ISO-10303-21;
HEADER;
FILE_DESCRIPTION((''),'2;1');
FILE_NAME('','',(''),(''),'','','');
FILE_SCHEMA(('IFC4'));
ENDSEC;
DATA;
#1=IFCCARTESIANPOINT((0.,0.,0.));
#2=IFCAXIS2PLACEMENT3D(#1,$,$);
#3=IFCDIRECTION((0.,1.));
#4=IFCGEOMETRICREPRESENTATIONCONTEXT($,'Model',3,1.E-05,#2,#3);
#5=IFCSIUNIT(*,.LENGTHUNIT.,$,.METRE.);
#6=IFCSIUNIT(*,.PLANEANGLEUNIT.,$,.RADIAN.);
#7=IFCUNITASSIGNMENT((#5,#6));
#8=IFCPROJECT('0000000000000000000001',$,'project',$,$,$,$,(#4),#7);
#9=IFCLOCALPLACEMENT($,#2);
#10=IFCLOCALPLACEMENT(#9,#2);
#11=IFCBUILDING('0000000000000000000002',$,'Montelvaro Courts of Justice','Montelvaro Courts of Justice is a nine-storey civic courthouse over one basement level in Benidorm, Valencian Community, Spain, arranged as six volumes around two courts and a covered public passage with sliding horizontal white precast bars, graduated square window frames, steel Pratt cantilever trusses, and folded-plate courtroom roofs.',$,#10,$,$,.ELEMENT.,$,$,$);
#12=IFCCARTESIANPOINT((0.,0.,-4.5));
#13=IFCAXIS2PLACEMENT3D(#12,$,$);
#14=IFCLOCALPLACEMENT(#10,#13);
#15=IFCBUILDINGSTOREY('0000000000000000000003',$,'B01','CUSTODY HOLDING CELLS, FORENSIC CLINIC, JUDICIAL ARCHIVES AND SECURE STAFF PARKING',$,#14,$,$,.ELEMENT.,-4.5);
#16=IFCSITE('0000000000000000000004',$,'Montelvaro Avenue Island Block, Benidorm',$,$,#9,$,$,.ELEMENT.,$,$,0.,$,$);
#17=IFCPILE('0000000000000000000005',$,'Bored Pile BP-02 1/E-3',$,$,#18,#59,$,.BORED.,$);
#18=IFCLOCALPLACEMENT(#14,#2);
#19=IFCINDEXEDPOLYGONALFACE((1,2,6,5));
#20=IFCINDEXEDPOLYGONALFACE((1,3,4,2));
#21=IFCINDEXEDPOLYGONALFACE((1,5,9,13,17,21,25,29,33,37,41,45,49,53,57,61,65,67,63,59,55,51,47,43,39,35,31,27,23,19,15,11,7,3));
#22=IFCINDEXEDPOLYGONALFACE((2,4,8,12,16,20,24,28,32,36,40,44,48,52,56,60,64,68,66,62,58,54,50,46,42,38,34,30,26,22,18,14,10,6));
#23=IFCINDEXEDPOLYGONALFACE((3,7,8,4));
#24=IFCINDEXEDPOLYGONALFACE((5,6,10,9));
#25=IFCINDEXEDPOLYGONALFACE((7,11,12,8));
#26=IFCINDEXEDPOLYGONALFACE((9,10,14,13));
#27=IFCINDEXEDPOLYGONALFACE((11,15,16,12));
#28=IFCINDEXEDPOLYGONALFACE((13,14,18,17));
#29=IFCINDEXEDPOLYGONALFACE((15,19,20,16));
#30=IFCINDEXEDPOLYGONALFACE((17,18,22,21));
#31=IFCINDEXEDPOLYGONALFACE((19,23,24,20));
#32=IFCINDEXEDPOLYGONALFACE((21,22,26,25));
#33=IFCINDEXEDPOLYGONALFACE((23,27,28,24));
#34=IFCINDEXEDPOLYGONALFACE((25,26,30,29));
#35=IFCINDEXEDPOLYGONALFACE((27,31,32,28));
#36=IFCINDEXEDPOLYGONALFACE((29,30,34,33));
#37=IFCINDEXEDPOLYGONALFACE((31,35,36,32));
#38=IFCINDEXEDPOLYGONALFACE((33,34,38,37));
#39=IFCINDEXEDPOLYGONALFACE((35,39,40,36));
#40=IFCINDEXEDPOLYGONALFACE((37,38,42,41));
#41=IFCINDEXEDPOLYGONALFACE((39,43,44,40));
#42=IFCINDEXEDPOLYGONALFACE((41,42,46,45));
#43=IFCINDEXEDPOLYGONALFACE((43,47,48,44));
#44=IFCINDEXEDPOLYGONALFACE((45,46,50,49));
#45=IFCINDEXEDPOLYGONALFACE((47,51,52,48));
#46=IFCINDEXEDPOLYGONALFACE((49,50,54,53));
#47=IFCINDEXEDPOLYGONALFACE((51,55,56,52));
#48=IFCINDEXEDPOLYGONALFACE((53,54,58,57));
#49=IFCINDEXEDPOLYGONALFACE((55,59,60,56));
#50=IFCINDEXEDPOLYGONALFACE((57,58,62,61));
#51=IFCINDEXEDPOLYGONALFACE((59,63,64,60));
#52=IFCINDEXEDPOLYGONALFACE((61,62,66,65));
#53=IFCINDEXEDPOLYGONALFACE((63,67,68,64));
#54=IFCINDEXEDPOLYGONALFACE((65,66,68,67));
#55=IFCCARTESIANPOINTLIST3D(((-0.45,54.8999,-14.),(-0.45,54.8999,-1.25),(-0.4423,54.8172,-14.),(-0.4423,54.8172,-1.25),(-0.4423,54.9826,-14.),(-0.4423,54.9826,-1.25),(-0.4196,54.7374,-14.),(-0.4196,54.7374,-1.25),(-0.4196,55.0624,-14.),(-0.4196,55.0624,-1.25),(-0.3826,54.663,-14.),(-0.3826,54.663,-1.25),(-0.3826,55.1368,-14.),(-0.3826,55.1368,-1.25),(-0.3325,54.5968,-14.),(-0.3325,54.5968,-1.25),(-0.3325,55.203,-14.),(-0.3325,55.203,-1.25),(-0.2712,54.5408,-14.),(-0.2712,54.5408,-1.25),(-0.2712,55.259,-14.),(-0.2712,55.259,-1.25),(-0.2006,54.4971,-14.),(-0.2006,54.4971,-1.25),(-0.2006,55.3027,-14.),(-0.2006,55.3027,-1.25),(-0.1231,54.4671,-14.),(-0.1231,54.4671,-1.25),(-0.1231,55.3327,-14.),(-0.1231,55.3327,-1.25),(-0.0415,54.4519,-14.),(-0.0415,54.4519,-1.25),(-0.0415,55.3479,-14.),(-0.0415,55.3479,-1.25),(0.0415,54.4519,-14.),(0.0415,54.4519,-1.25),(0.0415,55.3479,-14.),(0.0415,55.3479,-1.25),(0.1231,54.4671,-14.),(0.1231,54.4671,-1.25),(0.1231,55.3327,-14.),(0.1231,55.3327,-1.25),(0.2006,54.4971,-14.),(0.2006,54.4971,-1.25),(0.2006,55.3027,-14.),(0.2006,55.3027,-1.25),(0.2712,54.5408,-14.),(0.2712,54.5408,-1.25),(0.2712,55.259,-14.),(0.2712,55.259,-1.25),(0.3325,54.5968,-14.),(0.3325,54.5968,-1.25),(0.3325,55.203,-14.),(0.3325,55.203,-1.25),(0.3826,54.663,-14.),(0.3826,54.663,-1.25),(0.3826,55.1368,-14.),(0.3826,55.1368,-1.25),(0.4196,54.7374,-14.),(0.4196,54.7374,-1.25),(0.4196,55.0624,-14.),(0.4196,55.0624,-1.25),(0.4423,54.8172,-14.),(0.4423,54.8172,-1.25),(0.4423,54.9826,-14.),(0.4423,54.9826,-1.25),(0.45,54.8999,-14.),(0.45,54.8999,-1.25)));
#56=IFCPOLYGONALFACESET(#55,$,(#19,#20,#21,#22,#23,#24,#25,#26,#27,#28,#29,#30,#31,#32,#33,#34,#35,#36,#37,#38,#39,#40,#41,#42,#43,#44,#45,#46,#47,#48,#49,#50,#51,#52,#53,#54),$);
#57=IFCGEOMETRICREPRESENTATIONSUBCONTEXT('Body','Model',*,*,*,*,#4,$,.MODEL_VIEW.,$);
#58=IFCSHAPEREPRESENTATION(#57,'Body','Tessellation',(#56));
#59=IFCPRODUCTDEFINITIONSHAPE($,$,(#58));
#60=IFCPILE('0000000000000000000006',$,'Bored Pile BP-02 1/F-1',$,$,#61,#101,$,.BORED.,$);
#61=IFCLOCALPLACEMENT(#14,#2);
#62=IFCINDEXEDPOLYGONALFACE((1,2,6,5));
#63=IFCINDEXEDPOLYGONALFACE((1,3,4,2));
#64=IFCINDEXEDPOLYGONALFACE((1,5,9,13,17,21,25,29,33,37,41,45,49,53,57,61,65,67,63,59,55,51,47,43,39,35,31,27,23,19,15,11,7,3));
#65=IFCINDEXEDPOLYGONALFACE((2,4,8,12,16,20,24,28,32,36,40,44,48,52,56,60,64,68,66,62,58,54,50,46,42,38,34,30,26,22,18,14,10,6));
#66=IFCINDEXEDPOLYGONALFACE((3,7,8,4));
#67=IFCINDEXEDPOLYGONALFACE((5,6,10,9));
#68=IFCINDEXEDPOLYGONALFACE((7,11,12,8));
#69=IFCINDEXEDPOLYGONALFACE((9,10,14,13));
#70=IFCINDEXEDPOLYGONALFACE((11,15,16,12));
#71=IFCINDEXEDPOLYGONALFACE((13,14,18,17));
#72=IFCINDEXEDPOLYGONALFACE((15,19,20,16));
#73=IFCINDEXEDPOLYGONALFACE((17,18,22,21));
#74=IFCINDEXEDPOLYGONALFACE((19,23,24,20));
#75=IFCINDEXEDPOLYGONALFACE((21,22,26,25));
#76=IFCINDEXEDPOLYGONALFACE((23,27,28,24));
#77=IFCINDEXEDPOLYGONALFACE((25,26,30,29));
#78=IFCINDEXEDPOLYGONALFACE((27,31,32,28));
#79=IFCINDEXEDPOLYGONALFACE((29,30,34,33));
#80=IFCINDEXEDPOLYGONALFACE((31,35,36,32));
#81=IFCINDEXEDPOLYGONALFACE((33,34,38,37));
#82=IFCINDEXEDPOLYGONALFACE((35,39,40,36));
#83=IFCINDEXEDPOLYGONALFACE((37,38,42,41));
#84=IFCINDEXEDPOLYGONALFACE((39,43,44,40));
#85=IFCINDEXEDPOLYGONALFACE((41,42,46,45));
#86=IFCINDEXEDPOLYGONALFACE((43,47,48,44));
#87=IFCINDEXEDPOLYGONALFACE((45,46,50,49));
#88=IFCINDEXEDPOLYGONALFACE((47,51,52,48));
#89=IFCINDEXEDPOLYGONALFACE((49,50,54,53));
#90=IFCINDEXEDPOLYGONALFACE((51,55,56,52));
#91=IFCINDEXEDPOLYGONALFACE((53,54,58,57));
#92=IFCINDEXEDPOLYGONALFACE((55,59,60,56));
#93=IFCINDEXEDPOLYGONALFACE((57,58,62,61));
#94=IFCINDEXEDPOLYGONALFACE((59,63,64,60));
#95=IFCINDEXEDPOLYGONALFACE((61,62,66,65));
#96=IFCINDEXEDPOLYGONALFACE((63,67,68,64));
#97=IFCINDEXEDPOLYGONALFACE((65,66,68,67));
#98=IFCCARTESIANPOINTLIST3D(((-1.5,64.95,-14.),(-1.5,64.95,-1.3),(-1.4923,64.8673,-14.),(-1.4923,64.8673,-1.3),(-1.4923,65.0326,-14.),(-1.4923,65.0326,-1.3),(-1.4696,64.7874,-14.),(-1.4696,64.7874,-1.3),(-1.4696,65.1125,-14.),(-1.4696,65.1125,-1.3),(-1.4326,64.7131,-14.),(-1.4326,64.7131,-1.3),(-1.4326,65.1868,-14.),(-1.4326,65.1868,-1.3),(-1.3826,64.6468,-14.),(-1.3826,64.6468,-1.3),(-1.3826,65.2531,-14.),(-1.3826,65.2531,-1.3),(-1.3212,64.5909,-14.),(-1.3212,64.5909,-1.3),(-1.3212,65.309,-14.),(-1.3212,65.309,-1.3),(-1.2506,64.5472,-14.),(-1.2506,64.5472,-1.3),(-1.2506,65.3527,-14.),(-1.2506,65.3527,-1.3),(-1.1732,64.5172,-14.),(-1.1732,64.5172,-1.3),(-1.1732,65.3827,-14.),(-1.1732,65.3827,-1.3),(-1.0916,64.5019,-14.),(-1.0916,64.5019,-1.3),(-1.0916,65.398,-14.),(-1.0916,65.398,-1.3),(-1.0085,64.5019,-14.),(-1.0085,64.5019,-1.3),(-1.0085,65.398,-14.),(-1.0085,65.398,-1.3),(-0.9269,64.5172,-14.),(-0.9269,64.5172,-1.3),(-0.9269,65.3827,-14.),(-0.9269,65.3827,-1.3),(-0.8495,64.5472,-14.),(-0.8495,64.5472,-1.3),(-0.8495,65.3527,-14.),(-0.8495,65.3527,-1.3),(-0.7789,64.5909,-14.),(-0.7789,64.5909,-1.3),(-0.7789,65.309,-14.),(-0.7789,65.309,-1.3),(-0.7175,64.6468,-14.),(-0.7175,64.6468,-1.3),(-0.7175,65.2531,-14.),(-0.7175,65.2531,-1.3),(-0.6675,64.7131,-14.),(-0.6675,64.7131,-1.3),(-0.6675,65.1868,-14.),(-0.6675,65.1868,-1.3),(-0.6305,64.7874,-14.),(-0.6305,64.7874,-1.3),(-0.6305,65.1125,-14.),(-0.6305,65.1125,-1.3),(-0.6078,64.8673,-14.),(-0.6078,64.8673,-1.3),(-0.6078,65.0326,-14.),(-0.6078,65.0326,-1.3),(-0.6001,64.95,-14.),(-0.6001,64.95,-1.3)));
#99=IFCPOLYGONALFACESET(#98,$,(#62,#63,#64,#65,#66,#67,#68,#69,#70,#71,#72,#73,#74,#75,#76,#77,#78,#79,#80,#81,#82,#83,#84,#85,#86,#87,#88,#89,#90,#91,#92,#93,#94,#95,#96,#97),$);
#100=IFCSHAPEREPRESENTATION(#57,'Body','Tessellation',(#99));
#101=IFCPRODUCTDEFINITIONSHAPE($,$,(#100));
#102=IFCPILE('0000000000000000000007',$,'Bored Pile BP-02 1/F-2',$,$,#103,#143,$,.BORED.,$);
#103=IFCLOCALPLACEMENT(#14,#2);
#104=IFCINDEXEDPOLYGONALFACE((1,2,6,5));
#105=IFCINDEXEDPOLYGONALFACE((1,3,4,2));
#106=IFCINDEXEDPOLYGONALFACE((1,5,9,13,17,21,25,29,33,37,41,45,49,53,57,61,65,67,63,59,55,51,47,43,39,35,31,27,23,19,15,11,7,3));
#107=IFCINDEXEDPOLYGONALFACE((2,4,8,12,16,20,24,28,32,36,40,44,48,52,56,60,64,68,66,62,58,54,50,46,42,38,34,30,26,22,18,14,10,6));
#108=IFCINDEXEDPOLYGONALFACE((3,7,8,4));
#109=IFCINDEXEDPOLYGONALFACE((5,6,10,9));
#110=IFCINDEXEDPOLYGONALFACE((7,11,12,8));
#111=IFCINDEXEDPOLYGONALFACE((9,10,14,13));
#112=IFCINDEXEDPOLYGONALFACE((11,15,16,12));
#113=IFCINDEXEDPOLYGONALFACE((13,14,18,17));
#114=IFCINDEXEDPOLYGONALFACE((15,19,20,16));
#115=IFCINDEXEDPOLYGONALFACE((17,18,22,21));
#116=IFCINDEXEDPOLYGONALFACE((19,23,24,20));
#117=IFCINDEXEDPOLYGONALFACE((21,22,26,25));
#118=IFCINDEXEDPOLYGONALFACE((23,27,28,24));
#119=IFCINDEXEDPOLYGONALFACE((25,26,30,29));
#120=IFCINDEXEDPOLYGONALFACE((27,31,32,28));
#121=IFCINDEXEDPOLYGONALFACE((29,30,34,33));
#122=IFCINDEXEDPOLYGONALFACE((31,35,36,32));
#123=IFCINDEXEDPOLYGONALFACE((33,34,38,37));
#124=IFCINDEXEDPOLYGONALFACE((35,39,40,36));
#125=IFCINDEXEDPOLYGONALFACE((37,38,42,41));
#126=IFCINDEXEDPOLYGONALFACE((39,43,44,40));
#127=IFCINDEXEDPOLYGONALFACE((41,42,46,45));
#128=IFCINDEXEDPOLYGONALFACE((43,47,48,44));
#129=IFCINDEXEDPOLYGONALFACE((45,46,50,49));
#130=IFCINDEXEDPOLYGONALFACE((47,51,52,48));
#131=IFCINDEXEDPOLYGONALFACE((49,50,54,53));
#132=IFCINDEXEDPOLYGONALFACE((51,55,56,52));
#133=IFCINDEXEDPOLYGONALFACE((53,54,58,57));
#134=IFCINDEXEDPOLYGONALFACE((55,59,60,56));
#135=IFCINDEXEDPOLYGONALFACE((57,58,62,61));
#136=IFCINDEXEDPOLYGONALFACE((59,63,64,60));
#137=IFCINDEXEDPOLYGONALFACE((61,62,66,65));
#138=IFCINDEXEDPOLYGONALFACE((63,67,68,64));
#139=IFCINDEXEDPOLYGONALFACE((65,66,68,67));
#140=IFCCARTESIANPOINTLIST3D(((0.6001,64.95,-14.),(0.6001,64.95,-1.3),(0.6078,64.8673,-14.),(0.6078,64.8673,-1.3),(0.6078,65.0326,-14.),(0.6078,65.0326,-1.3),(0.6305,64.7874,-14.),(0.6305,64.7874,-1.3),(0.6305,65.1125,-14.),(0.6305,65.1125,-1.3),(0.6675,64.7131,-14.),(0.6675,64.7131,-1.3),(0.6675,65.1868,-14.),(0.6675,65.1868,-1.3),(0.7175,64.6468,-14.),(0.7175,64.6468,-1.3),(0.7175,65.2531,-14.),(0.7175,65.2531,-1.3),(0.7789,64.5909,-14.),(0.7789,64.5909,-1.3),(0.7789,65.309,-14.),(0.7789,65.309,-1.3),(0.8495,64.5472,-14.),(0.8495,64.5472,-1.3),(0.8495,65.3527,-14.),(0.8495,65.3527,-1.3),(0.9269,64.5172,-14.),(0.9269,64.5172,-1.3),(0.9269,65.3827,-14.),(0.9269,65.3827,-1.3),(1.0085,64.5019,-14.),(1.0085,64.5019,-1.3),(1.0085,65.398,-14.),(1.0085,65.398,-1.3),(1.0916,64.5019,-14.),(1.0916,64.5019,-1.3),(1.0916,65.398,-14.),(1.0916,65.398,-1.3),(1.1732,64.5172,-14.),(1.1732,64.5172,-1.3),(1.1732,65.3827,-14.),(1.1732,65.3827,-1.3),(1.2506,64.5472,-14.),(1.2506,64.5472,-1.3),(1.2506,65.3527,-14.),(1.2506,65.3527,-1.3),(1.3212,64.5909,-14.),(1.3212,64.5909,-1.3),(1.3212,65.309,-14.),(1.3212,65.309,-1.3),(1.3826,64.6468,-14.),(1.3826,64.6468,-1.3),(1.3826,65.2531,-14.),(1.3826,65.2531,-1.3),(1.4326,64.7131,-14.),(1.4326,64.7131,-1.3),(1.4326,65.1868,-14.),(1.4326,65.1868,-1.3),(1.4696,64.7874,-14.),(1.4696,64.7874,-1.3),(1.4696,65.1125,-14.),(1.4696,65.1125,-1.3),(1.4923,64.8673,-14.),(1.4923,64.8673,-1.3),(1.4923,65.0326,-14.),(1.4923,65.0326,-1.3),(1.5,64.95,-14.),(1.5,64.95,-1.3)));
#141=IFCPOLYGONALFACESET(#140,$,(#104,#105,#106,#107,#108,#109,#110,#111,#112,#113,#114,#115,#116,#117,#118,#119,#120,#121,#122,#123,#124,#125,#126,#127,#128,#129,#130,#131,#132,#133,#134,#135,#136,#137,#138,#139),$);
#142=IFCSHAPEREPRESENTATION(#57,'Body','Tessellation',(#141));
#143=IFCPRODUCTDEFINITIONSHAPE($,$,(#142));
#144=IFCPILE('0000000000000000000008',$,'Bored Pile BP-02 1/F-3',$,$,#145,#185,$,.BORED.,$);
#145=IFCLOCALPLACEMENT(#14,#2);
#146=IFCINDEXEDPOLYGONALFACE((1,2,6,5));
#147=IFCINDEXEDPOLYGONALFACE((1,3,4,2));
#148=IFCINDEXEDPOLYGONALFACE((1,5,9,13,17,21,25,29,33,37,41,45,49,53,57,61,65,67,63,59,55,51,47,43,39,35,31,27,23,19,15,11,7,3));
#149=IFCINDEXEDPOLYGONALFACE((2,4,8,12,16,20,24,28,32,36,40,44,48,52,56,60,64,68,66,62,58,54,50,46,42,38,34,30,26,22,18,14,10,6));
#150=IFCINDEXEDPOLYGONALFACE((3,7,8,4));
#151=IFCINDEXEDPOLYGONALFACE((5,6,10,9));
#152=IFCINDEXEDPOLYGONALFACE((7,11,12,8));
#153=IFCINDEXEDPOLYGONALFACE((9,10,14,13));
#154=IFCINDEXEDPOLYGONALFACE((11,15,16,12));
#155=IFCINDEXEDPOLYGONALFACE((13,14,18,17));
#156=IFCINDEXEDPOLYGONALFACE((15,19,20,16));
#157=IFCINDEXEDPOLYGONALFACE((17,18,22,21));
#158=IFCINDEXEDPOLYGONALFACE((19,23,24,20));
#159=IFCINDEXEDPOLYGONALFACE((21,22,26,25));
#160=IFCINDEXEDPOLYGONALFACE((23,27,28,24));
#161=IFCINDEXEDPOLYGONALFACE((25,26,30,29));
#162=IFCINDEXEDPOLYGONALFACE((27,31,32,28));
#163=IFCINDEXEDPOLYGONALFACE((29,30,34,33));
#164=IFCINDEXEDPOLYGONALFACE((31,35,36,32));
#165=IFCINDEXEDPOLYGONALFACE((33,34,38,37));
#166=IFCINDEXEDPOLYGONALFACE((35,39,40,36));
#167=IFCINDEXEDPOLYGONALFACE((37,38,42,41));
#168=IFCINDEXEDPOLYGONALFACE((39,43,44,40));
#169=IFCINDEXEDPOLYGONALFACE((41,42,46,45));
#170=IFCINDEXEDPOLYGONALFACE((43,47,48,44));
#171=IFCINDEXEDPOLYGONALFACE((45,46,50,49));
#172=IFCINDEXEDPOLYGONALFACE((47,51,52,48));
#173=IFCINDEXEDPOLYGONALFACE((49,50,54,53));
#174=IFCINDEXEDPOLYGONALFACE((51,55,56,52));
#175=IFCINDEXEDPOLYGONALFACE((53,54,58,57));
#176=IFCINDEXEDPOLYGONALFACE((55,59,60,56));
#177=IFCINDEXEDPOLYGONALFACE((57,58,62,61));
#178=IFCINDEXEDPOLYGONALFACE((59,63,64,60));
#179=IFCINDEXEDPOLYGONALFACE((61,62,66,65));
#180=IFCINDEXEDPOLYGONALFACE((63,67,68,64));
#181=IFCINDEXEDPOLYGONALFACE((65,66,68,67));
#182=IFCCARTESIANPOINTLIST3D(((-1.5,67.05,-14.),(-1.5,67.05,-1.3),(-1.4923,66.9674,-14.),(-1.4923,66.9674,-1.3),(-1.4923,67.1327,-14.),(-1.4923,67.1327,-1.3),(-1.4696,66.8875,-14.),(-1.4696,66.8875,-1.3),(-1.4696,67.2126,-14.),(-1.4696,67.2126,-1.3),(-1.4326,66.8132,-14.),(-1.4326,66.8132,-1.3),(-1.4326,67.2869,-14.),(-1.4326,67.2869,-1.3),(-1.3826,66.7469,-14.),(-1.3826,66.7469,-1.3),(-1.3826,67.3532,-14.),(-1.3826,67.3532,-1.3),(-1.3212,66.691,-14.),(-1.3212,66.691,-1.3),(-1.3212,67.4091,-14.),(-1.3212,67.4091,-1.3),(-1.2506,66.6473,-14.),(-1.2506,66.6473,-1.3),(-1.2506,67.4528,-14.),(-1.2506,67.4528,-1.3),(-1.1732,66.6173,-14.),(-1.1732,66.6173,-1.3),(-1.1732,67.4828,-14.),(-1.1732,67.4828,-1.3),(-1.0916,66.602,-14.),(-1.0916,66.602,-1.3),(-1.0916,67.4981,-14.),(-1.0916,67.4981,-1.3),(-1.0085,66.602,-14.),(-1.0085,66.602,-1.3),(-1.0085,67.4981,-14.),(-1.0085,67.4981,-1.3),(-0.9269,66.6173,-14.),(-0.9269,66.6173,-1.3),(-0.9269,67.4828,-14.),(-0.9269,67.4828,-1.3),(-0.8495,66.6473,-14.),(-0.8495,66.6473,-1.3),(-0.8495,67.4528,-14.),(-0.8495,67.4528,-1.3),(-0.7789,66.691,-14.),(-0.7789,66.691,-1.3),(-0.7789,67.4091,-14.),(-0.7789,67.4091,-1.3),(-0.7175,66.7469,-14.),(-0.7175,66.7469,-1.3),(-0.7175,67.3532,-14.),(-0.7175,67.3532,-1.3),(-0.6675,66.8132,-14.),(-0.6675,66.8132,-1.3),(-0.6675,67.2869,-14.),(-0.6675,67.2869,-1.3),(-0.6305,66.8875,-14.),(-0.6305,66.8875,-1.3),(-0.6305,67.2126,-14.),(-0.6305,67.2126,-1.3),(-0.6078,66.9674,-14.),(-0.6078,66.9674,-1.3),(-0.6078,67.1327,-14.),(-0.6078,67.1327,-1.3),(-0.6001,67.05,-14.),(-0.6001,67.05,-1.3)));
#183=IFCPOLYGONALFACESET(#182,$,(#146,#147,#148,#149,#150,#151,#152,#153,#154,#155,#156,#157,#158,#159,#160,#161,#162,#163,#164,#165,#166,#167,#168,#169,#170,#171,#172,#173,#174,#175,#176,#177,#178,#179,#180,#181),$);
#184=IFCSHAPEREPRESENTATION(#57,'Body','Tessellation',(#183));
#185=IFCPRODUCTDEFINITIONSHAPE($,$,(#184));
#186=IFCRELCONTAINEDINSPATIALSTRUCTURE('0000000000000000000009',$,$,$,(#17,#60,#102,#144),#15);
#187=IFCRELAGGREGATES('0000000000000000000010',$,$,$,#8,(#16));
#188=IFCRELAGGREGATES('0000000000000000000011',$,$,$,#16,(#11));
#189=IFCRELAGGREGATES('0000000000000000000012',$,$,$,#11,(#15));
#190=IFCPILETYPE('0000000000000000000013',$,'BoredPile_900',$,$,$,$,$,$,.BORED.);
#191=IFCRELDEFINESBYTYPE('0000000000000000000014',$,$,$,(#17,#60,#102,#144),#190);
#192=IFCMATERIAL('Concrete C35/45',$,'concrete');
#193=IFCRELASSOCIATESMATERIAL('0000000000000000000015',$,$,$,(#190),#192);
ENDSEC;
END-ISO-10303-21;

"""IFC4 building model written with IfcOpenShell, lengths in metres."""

from ifc_helpers import new_model, si_unit, direction, frame, origin, origin_2d, place, context, subcontext, project, spatial, circle, extrude, material, material_profile, profile_set, type_object, element, save


model = new_model("IFC4")

# Units and contexts
model_context = context("Model", 3, precision=1e-05, world=origin(), true_north=direction((0.0, 1.0)))
body_context = subcontext(model_context, "Body", "Model", "MODEL_VIEW")
ifc_project = project(units=[si_unit("LENGTHUNIT", "METRE"), si_unit("PLANEANGLEUNIT", "RADIAN")], contexts=[model_context])

# Site, building, storey
site_placement = place(None, origin())
site = spatial("IfcSite", under=ifc_project, at=site_placement, Name="Montelvaro Avenue Island Block, Benidorm", CompositionType="ELEMENT", RefElevation=0.0)
building_placement = place(site_placement, origin())
building = spatial("IfcBuilding", under=site, at=building_placement, Name="Montelvaro Courts of Justice", Description="Montelvaro Courts of Justice is a nine-storey civic courthouse over one basement level in Benidorm, Valencian Community, Spain, arranged as six volumes around two courts and a covered public passage with sliding horizontal white precast bars, graduated square window frames, steel Pratt cantilever trusses, and folded-plate courtroom roofs.", CompositionType="ELEMENT")
storey_placement = place(building_placement, frame((0.0, 0.0, -4.5)))
storey = spatial("IfcBuildingStorey", under=building, at=storey_placement, Name="B01", Description="CUSTODY HOLDING CELLS, FORENSIC CLINIC, JUDICIAL ARCHIVES AND SECURE STAFF PARKING", CompositionType="ELEMENT", Elevation=-4.5)

# Piles
ifc_material_1 = material(Name="Concrete C35/45", Category="concrete")
ifc_material_profile_1 = material_profile(ifc_material_1, circle(Radius=0.45, at=origin_2d()), Name="BORED PILE D900")
ifc_profile_set_1 = profile_set([ifc_material_profile_1], Name="Concrete C35/45")
pile_type_1 = type_object("IfcPileType", Name="BoredPile_900", PredefinedType="BORED", material=ifc_profile_set_1)
pile_1_placement = place(storey_placement, frame((0.0, 54.8999, -1.25), z_axis=(0.0, 0.0, -1.0), x_axis=(1.0, 0.0, 0.0)))
element("IfcPile", 1, at=pile_1_placement, inside=storey, type_object=pile_type_1, Name="Bored Pile BP-02 1/E-3", PredefinedType="BORED", context=body_context, shape_type="SweptSolid", body=[
    extrude(circle(Radius=0.45, at=origin_2d()), origin(), (0.0, 0.0, 1.0), 12.75),
])
for number, where, z_axis, x_axis, name in (
    (2, (-1.05, 64.95, -1.3), (0.0, 0.0, -1.0), (1.0, 0.0, 0.0), "Bored Pile BP-02 1/F-1"),
    (3, (1.05, 64.95, -1.3), (0.0, 0.0, -1.0), (1.0, 0.0, 0.0), "Bored Pile BP-02 1/F-2"),
    (4, (-1.05, 67.05, -1.3), (0.0, 0.0, -1.0), (1.0, 0.0, 0.0), "Bored Pile BP-02 1/F-3"),
):
    element("IfcPile", number, at=place(storey_placement, frame(where, z_axis=z_axis, x_axis=x_axis)), inside=storey, type_object=pile_type_1, Name=name, PredefinedType="BORED", context=body_context, shape_type="SweptSolid", body=[
        extrude(circle(Radius=0.45, at=origin_2d()), origin(), (0.0, 0.0, 1.0), 12.7),
    ])

save(model, "model.ifc")
